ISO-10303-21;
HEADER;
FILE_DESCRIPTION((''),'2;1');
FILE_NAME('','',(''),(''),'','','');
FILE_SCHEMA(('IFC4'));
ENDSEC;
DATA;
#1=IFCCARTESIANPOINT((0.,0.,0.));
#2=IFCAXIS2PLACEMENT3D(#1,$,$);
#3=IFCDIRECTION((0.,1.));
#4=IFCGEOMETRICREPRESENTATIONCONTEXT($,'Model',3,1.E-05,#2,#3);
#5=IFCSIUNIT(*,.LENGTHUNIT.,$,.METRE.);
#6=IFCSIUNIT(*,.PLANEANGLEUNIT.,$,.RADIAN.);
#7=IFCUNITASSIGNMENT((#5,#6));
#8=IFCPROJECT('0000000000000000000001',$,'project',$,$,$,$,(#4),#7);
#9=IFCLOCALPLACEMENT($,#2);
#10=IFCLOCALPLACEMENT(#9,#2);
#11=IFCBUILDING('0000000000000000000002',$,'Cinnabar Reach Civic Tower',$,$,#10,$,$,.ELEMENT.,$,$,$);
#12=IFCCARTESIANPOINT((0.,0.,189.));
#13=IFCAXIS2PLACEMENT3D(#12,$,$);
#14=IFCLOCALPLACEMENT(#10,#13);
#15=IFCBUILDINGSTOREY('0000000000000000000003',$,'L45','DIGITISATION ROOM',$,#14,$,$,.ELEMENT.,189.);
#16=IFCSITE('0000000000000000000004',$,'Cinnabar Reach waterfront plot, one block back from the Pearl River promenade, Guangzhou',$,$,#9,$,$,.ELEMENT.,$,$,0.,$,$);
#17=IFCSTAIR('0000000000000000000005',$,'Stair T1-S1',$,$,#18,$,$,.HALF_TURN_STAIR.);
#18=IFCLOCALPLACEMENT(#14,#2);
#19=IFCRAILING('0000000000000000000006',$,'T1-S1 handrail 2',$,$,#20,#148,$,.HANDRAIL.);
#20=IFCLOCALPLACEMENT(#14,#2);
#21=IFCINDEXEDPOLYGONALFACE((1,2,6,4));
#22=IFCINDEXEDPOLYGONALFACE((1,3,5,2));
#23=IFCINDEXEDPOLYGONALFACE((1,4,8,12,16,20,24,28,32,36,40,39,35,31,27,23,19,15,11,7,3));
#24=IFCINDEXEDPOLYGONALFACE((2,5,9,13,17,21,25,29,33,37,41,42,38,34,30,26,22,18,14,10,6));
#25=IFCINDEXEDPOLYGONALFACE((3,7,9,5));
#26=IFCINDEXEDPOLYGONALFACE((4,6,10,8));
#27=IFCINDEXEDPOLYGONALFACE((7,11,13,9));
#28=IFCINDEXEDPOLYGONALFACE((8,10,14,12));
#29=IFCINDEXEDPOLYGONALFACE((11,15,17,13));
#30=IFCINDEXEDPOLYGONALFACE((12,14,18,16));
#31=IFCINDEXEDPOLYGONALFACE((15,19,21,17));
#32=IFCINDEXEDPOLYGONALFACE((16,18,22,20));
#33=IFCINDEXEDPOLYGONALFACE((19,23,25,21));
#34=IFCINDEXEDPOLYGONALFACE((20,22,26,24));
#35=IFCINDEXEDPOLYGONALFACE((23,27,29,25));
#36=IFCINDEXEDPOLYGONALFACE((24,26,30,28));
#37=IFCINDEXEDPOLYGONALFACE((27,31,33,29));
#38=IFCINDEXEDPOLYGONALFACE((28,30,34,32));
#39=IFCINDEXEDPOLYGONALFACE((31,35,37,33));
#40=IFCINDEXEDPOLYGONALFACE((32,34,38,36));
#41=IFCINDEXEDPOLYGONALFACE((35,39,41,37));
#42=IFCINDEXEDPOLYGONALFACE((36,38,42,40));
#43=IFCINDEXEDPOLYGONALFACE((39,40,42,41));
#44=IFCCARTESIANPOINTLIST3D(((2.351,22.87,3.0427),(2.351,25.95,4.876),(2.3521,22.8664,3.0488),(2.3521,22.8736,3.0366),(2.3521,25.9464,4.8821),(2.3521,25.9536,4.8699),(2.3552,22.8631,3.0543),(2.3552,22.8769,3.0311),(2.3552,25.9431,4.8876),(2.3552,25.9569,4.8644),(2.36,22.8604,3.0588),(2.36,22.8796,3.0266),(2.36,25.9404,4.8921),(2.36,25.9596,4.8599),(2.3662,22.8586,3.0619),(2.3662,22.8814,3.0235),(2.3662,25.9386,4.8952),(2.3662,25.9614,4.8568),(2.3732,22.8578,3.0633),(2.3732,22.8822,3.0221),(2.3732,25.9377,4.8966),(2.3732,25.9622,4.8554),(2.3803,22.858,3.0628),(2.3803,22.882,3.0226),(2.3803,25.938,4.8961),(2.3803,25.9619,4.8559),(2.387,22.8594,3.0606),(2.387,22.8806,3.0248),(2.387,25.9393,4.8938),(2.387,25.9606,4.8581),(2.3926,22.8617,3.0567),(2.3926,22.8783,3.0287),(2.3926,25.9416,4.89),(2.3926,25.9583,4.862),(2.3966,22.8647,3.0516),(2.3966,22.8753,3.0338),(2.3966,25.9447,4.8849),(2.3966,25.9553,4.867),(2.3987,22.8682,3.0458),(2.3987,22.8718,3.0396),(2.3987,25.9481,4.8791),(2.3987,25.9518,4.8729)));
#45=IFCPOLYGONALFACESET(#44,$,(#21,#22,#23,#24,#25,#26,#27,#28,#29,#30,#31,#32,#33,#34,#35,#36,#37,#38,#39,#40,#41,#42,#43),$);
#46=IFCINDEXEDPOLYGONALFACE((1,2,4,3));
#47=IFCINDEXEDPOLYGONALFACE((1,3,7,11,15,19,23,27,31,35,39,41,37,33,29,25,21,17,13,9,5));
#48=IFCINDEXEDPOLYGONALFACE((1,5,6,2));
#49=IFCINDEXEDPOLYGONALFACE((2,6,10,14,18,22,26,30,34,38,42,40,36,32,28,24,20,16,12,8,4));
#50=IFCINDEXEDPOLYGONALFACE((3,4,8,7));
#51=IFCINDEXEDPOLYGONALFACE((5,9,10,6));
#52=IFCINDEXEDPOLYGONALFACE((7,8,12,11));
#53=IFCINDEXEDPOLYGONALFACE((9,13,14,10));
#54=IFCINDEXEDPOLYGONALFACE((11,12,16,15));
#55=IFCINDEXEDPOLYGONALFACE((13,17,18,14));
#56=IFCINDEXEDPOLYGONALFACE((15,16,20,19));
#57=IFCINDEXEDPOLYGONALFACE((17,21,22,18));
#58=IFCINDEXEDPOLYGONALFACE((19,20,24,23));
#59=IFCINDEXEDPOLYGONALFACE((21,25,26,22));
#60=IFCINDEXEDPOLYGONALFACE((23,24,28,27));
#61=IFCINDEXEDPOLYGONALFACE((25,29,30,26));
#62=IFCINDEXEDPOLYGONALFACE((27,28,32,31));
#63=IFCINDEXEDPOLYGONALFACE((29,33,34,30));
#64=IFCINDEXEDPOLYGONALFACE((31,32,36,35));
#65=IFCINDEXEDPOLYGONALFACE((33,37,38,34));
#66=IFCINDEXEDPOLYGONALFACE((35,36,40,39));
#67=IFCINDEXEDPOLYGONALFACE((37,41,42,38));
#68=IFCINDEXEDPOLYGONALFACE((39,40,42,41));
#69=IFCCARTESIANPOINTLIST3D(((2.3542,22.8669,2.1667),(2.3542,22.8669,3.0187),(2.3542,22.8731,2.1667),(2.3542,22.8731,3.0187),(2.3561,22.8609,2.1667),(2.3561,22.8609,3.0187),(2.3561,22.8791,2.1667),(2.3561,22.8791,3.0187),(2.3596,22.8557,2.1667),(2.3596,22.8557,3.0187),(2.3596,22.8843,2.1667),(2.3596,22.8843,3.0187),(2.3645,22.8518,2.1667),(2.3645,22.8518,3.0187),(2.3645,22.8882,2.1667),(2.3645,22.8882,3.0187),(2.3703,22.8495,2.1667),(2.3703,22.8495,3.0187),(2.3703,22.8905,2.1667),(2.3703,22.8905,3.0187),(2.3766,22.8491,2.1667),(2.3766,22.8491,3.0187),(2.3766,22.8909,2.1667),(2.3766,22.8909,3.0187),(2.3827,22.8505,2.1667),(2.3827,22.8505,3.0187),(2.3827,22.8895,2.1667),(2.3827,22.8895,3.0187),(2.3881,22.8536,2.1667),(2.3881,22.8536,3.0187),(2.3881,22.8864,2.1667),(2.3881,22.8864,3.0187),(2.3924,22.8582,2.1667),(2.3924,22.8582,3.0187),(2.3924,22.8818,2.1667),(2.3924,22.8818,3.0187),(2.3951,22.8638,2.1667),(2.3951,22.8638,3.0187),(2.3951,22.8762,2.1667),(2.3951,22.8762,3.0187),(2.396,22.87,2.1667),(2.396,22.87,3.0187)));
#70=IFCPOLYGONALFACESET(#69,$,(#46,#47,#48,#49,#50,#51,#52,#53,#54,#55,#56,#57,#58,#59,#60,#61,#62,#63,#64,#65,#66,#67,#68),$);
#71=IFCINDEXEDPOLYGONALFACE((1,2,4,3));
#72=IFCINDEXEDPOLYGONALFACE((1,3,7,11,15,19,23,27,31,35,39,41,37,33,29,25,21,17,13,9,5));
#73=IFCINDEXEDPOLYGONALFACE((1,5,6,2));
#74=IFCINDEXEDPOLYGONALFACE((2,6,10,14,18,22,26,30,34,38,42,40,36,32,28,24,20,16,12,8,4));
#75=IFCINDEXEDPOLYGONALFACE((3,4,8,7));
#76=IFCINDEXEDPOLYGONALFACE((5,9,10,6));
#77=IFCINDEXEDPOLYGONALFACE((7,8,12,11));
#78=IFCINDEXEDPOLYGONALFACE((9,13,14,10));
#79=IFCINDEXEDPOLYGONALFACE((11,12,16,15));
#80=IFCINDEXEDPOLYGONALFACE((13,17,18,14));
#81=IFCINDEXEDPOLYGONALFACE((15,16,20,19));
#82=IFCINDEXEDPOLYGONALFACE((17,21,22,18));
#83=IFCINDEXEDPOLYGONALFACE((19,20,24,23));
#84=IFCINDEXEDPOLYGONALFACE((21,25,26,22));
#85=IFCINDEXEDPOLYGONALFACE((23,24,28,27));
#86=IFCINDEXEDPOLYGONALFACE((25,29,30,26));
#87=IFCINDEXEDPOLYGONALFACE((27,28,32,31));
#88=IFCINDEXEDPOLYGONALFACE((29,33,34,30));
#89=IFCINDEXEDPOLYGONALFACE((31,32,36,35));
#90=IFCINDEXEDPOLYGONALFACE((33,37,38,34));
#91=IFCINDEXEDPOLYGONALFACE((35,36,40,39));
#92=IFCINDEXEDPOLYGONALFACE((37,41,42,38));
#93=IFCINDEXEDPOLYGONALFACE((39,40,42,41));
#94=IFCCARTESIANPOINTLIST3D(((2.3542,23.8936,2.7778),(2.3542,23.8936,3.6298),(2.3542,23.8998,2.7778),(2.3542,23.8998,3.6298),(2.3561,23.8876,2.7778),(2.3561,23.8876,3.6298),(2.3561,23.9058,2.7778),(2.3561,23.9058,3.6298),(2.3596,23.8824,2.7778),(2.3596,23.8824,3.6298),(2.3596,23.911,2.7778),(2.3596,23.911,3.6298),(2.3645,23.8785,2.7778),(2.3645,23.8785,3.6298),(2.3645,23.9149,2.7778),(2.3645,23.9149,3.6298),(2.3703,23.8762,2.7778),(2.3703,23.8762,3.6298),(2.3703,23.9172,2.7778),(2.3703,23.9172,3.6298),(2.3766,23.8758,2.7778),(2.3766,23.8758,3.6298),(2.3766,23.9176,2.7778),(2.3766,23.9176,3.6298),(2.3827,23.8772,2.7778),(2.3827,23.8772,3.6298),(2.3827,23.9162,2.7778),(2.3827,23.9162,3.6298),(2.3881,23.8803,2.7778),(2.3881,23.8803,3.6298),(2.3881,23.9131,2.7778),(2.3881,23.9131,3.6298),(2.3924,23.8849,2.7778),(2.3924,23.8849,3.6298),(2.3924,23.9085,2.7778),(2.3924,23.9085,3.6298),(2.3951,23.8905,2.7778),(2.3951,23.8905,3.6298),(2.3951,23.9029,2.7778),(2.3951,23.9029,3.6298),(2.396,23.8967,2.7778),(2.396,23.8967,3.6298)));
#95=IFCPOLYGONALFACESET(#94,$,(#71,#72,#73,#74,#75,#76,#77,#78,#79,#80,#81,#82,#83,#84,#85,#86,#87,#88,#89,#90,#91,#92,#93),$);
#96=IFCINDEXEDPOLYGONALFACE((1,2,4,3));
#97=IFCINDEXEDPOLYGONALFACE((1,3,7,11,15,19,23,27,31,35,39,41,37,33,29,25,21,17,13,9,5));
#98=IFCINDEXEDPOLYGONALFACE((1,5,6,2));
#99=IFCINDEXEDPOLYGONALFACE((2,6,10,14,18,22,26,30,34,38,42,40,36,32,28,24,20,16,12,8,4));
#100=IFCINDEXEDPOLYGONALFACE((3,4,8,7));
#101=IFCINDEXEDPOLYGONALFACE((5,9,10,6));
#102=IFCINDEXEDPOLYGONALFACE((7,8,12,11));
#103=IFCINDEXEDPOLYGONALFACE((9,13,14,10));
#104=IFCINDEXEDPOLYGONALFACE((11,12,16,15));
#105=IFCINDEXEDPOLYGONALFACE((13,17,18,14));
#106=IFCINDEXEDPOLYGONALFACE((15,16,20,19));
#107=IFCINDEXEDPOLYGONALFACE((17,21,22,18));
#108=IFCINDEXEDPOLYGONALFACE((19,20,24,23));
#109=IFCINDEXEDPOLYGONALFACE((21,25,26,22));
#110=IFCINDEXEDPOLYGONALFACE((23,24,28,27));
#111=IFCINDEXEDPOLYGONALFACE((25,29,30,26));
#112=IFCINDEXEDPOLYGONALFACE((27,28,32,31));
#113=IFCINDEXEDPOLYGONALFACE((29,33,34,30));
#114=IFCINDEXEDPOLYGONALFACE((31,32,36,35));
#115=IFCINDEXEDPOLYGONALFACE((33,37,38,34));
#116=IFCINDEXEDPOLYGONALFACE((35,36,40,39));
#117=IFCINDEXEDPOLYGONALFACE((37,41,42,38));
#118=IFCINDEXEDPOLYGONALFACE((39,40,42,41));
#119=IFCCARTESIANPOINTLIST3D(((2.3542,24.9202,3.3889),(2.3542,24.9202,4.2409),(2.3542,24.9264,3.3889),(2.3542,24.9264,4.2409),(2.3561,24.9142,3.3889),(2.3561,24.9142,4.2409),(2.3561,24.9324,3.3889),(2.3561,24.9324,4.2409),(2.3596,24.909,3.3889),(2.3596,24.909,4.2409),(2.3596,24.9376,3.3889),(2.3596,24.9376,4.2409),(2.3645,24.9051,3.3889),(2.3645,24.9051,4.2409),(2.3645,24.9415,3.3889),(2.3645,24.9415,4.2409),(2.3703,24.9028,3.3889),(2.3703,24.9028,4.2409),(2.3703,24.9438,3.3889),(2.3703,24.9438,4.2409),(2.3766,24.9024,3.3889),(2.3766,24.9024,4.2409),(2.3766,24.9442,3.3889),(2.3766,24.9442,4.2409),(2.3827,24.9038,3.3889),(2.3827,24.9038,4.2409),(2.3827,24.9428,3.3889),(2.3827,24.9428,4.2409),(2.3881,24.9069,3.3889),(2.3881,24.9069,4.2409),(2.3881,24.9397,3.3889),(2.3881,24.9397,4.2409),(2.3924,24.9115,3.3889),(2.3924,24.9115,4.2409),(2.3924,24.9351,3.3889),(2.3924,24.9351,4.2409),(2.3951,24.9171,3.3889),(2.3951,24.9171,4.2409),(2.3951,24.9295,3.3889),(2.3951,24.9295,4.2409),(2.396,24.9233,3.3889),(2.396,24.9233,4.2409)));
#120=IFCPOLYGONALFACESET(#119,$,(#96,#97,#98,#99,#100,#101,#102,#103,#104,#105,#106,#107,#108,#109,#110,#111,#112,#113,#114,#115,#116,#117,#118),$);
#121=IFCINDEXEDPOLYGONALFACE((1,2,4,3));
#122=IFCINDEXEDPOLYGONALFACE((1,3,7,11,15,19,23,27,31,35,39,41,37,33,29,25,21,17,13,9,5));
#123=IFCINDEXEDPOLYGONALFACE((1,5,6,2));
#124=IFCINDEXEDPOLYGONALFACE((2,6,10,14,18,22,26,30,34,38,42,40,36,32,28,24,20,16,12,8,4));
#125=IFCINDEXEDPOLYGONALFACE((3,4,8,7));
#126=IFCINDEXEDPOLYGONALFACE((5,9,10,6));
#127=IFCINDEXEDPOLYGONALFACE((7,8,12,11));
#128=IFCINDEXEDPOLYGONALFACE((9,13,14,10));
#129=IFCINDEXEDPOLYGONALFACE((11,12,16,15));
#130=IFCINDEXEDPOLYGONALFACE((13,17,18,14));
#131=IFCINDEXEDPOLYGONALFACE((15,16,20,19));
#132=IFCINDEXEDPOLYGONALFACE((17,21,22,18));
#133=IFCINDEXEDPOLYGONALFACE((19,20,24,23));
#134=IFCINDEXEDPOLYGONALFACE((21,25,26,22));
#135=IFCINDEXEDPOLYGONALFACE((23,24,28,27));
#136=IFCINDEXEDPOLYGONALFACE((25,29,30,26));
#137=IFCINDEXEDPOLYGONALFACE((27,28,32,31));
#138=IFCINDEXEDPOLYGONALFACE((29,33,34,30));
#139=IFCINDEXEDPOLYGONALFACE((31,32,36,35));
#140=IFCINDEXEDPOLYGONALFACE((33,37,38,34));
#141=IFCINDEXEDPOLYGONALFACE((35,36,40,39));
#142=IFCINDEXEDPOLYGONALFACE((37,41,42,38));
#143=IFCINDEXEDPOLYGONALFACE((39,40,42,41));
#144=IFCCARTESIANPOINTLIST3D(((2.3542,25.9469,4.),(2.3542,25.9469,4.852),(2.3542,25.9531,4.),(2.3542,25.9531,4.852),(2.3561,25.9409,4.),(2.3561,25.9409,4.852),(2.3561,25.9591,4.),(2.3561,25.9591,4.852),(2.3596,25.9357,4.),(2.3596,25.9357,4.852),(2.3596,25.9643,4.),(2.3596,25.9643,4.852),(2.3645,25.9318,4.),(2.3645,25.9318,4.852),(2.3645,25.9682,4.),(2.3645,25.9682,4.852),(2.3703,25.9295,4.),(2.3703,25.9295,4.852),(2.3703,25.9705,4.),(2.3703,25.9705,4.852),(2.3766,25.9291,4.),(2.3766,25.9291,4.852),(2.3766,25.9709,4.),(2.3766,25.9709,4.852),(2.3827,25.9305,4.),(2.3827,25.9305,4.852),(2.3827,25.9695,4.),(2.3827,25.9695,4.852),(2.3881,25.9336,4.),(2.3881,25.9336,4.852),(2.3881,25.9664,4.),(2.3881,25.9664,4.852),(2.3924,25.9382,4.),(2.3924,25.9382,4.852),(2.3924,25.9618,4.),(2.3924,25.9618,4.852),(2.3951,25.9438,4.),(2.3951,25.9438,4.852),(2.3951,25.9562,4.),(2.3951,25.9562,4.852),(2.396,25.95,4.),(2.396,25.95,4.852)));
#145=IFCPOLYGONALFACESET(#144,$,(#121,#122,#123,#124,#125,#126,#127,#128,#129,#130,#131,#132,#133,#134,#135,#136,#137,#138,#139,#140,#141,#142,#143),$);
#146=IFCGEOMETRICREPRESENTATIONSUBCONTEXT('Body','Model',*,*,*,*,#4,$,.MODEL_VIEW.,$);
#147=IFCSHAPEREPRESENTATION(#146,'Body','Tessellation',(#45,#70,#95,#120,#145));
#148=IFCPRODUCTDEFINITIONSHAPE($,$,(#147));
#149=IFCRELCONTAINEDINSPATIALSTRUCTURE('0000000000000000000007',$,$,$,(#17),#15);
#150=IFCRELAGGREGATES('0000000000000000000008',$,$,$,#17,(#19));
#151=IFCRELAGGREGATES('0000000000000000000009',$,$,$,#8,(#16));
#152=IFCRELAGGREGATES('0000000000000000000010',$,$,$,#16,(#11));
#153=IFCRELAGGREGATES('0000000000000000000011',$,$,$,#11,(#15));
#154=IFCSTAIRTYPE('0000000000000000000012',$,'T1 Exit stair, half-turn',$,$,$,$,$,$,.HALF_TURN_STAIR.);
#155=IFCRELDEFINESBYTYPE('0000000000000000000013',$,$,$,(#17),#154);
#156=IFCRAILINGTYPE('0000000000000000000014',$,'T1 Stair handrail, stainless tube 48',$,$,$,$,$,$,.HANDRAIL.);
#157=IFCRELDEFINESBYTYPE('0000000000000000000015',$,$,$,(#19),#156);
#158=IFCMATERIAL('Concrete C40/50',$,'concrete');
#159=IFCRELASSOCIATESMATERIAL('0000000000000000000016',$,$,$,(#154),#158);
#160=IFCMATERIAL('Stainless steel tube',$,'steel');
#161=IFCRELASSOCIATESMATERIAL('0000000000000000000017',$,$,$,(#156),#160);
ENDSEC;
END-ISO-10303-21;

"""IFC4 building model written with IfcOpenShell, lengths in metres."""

from ifc_helpers import new_model, si_unit, direction, frame, origin, origin_2d, place, context, subcontext, project, spatial, circle, extrude, material, type_object, element, aggregate, save


model = new_model("IFC4")

# Units and contexts
model_context = context("Model", 3, precision=1e-05, world=origin(), true_north=direction((0.0, 1.0)))
body_context = subcontext(model_context, "Body", "Model", "MODEL_VIEW")
ifc_project = project(units=[si_unit("LENGTHUNIT", "METRE"), si_unit("PLANEANGLEUNIT", "RADIAN")], contexts=[model_context])

# Site, building, storey
site_placement = place(None, origin())
site = spatial("IfcSite", under=ifc_project, at=site_placement, Name="Cinnabar Reach waterfront plot, one block back from the Pearl River promenade, Guangzhou", CompositionType="ELEMENT", RefElevation=0.0)
building_placement = place(site_placement, origin())
building = spatial("IfcBuilding", under=site, at=building_placement, Name="Cinnabar Reach Civic Tower", CompositionType="ELEMENT")
storey_placement = place(building_placement, frame((0.0, 0.0, 189.0)))
storey = spatial("IfcBuildingStorey", under=building, at=storey_placement, Name="L45", Description="DIGITISATION ROOM", CompositionType="ELEMENT", Elevation=189.0)

# Shared definitions
ifc_material_1 = material(Name="Concrete C40/50", Category="concrete")

# Stair, railing
stair_type = type_object("IfcStairType", Name="T1 Exit stair, half-turn", PredefinedType="HALF_TURN_STAIR", material=ifc_material_1)
stair_placement = place(storey_placement, origin())
stair = element("IfcStair", 1, at=stair_placement, inside=storey, type_object=stair_type, Name="Stair T1-S1", PredefinedType="HALF_TURN_STAIR")
ifc_material_2 = material(Name="Stainless steel tube", Category="steel")
railing_type = type_object("IfcRailingType", Name="T1 Stair handrail, stainless tube 48", PredefinedType="HANDRAIL", material=ifc_material_2)
railing_1_placement = place(storey_placement, frame((2.375, 22.87, 2.1667)))
railing_1 = element("IfcRailing", 2, at=railing_1_placement, type_object=railing_type, Name="T1-S1 handrail 2", PredefinedType="HANDRAIL", context=body_context, shape_type="SweptSolid", body=[
    extrude(circle(Radius=0.024, at=origin_2d()), frame((0.0, 0.0, 0.876), z_axis=(0.0, 0.859297, 0.511477), x_axis=(-1.0, 0.0, 0.0)), (0.0, 0.0, 1.0), 3.5843),
    extrude(circle(Radius=0.021, at=origin_2d()), origin(), (0.0, 0.0, 1.0), 0.852),
    extrude(circle(Radius=0.021, at=origin_2d()), frame((0.0, 1.0267, 0.6111)), (0.0, 0.0, 1.0), 0.852),
    extrude(circle(Radius=0.021, at=origin_2d()), frame((0.0, 2.0533, 1.2222)), (0.0, 0.0, 1.0), 0.852),
    extrude(circle(Radius=0.021, at=origin_2d()), frame((0.0, 3.08, 1.8333)), (0.0, 0.0, 1.0), 0.852),
])
aggregate(stair, [railing_1])

save(model, "model.ifc")
